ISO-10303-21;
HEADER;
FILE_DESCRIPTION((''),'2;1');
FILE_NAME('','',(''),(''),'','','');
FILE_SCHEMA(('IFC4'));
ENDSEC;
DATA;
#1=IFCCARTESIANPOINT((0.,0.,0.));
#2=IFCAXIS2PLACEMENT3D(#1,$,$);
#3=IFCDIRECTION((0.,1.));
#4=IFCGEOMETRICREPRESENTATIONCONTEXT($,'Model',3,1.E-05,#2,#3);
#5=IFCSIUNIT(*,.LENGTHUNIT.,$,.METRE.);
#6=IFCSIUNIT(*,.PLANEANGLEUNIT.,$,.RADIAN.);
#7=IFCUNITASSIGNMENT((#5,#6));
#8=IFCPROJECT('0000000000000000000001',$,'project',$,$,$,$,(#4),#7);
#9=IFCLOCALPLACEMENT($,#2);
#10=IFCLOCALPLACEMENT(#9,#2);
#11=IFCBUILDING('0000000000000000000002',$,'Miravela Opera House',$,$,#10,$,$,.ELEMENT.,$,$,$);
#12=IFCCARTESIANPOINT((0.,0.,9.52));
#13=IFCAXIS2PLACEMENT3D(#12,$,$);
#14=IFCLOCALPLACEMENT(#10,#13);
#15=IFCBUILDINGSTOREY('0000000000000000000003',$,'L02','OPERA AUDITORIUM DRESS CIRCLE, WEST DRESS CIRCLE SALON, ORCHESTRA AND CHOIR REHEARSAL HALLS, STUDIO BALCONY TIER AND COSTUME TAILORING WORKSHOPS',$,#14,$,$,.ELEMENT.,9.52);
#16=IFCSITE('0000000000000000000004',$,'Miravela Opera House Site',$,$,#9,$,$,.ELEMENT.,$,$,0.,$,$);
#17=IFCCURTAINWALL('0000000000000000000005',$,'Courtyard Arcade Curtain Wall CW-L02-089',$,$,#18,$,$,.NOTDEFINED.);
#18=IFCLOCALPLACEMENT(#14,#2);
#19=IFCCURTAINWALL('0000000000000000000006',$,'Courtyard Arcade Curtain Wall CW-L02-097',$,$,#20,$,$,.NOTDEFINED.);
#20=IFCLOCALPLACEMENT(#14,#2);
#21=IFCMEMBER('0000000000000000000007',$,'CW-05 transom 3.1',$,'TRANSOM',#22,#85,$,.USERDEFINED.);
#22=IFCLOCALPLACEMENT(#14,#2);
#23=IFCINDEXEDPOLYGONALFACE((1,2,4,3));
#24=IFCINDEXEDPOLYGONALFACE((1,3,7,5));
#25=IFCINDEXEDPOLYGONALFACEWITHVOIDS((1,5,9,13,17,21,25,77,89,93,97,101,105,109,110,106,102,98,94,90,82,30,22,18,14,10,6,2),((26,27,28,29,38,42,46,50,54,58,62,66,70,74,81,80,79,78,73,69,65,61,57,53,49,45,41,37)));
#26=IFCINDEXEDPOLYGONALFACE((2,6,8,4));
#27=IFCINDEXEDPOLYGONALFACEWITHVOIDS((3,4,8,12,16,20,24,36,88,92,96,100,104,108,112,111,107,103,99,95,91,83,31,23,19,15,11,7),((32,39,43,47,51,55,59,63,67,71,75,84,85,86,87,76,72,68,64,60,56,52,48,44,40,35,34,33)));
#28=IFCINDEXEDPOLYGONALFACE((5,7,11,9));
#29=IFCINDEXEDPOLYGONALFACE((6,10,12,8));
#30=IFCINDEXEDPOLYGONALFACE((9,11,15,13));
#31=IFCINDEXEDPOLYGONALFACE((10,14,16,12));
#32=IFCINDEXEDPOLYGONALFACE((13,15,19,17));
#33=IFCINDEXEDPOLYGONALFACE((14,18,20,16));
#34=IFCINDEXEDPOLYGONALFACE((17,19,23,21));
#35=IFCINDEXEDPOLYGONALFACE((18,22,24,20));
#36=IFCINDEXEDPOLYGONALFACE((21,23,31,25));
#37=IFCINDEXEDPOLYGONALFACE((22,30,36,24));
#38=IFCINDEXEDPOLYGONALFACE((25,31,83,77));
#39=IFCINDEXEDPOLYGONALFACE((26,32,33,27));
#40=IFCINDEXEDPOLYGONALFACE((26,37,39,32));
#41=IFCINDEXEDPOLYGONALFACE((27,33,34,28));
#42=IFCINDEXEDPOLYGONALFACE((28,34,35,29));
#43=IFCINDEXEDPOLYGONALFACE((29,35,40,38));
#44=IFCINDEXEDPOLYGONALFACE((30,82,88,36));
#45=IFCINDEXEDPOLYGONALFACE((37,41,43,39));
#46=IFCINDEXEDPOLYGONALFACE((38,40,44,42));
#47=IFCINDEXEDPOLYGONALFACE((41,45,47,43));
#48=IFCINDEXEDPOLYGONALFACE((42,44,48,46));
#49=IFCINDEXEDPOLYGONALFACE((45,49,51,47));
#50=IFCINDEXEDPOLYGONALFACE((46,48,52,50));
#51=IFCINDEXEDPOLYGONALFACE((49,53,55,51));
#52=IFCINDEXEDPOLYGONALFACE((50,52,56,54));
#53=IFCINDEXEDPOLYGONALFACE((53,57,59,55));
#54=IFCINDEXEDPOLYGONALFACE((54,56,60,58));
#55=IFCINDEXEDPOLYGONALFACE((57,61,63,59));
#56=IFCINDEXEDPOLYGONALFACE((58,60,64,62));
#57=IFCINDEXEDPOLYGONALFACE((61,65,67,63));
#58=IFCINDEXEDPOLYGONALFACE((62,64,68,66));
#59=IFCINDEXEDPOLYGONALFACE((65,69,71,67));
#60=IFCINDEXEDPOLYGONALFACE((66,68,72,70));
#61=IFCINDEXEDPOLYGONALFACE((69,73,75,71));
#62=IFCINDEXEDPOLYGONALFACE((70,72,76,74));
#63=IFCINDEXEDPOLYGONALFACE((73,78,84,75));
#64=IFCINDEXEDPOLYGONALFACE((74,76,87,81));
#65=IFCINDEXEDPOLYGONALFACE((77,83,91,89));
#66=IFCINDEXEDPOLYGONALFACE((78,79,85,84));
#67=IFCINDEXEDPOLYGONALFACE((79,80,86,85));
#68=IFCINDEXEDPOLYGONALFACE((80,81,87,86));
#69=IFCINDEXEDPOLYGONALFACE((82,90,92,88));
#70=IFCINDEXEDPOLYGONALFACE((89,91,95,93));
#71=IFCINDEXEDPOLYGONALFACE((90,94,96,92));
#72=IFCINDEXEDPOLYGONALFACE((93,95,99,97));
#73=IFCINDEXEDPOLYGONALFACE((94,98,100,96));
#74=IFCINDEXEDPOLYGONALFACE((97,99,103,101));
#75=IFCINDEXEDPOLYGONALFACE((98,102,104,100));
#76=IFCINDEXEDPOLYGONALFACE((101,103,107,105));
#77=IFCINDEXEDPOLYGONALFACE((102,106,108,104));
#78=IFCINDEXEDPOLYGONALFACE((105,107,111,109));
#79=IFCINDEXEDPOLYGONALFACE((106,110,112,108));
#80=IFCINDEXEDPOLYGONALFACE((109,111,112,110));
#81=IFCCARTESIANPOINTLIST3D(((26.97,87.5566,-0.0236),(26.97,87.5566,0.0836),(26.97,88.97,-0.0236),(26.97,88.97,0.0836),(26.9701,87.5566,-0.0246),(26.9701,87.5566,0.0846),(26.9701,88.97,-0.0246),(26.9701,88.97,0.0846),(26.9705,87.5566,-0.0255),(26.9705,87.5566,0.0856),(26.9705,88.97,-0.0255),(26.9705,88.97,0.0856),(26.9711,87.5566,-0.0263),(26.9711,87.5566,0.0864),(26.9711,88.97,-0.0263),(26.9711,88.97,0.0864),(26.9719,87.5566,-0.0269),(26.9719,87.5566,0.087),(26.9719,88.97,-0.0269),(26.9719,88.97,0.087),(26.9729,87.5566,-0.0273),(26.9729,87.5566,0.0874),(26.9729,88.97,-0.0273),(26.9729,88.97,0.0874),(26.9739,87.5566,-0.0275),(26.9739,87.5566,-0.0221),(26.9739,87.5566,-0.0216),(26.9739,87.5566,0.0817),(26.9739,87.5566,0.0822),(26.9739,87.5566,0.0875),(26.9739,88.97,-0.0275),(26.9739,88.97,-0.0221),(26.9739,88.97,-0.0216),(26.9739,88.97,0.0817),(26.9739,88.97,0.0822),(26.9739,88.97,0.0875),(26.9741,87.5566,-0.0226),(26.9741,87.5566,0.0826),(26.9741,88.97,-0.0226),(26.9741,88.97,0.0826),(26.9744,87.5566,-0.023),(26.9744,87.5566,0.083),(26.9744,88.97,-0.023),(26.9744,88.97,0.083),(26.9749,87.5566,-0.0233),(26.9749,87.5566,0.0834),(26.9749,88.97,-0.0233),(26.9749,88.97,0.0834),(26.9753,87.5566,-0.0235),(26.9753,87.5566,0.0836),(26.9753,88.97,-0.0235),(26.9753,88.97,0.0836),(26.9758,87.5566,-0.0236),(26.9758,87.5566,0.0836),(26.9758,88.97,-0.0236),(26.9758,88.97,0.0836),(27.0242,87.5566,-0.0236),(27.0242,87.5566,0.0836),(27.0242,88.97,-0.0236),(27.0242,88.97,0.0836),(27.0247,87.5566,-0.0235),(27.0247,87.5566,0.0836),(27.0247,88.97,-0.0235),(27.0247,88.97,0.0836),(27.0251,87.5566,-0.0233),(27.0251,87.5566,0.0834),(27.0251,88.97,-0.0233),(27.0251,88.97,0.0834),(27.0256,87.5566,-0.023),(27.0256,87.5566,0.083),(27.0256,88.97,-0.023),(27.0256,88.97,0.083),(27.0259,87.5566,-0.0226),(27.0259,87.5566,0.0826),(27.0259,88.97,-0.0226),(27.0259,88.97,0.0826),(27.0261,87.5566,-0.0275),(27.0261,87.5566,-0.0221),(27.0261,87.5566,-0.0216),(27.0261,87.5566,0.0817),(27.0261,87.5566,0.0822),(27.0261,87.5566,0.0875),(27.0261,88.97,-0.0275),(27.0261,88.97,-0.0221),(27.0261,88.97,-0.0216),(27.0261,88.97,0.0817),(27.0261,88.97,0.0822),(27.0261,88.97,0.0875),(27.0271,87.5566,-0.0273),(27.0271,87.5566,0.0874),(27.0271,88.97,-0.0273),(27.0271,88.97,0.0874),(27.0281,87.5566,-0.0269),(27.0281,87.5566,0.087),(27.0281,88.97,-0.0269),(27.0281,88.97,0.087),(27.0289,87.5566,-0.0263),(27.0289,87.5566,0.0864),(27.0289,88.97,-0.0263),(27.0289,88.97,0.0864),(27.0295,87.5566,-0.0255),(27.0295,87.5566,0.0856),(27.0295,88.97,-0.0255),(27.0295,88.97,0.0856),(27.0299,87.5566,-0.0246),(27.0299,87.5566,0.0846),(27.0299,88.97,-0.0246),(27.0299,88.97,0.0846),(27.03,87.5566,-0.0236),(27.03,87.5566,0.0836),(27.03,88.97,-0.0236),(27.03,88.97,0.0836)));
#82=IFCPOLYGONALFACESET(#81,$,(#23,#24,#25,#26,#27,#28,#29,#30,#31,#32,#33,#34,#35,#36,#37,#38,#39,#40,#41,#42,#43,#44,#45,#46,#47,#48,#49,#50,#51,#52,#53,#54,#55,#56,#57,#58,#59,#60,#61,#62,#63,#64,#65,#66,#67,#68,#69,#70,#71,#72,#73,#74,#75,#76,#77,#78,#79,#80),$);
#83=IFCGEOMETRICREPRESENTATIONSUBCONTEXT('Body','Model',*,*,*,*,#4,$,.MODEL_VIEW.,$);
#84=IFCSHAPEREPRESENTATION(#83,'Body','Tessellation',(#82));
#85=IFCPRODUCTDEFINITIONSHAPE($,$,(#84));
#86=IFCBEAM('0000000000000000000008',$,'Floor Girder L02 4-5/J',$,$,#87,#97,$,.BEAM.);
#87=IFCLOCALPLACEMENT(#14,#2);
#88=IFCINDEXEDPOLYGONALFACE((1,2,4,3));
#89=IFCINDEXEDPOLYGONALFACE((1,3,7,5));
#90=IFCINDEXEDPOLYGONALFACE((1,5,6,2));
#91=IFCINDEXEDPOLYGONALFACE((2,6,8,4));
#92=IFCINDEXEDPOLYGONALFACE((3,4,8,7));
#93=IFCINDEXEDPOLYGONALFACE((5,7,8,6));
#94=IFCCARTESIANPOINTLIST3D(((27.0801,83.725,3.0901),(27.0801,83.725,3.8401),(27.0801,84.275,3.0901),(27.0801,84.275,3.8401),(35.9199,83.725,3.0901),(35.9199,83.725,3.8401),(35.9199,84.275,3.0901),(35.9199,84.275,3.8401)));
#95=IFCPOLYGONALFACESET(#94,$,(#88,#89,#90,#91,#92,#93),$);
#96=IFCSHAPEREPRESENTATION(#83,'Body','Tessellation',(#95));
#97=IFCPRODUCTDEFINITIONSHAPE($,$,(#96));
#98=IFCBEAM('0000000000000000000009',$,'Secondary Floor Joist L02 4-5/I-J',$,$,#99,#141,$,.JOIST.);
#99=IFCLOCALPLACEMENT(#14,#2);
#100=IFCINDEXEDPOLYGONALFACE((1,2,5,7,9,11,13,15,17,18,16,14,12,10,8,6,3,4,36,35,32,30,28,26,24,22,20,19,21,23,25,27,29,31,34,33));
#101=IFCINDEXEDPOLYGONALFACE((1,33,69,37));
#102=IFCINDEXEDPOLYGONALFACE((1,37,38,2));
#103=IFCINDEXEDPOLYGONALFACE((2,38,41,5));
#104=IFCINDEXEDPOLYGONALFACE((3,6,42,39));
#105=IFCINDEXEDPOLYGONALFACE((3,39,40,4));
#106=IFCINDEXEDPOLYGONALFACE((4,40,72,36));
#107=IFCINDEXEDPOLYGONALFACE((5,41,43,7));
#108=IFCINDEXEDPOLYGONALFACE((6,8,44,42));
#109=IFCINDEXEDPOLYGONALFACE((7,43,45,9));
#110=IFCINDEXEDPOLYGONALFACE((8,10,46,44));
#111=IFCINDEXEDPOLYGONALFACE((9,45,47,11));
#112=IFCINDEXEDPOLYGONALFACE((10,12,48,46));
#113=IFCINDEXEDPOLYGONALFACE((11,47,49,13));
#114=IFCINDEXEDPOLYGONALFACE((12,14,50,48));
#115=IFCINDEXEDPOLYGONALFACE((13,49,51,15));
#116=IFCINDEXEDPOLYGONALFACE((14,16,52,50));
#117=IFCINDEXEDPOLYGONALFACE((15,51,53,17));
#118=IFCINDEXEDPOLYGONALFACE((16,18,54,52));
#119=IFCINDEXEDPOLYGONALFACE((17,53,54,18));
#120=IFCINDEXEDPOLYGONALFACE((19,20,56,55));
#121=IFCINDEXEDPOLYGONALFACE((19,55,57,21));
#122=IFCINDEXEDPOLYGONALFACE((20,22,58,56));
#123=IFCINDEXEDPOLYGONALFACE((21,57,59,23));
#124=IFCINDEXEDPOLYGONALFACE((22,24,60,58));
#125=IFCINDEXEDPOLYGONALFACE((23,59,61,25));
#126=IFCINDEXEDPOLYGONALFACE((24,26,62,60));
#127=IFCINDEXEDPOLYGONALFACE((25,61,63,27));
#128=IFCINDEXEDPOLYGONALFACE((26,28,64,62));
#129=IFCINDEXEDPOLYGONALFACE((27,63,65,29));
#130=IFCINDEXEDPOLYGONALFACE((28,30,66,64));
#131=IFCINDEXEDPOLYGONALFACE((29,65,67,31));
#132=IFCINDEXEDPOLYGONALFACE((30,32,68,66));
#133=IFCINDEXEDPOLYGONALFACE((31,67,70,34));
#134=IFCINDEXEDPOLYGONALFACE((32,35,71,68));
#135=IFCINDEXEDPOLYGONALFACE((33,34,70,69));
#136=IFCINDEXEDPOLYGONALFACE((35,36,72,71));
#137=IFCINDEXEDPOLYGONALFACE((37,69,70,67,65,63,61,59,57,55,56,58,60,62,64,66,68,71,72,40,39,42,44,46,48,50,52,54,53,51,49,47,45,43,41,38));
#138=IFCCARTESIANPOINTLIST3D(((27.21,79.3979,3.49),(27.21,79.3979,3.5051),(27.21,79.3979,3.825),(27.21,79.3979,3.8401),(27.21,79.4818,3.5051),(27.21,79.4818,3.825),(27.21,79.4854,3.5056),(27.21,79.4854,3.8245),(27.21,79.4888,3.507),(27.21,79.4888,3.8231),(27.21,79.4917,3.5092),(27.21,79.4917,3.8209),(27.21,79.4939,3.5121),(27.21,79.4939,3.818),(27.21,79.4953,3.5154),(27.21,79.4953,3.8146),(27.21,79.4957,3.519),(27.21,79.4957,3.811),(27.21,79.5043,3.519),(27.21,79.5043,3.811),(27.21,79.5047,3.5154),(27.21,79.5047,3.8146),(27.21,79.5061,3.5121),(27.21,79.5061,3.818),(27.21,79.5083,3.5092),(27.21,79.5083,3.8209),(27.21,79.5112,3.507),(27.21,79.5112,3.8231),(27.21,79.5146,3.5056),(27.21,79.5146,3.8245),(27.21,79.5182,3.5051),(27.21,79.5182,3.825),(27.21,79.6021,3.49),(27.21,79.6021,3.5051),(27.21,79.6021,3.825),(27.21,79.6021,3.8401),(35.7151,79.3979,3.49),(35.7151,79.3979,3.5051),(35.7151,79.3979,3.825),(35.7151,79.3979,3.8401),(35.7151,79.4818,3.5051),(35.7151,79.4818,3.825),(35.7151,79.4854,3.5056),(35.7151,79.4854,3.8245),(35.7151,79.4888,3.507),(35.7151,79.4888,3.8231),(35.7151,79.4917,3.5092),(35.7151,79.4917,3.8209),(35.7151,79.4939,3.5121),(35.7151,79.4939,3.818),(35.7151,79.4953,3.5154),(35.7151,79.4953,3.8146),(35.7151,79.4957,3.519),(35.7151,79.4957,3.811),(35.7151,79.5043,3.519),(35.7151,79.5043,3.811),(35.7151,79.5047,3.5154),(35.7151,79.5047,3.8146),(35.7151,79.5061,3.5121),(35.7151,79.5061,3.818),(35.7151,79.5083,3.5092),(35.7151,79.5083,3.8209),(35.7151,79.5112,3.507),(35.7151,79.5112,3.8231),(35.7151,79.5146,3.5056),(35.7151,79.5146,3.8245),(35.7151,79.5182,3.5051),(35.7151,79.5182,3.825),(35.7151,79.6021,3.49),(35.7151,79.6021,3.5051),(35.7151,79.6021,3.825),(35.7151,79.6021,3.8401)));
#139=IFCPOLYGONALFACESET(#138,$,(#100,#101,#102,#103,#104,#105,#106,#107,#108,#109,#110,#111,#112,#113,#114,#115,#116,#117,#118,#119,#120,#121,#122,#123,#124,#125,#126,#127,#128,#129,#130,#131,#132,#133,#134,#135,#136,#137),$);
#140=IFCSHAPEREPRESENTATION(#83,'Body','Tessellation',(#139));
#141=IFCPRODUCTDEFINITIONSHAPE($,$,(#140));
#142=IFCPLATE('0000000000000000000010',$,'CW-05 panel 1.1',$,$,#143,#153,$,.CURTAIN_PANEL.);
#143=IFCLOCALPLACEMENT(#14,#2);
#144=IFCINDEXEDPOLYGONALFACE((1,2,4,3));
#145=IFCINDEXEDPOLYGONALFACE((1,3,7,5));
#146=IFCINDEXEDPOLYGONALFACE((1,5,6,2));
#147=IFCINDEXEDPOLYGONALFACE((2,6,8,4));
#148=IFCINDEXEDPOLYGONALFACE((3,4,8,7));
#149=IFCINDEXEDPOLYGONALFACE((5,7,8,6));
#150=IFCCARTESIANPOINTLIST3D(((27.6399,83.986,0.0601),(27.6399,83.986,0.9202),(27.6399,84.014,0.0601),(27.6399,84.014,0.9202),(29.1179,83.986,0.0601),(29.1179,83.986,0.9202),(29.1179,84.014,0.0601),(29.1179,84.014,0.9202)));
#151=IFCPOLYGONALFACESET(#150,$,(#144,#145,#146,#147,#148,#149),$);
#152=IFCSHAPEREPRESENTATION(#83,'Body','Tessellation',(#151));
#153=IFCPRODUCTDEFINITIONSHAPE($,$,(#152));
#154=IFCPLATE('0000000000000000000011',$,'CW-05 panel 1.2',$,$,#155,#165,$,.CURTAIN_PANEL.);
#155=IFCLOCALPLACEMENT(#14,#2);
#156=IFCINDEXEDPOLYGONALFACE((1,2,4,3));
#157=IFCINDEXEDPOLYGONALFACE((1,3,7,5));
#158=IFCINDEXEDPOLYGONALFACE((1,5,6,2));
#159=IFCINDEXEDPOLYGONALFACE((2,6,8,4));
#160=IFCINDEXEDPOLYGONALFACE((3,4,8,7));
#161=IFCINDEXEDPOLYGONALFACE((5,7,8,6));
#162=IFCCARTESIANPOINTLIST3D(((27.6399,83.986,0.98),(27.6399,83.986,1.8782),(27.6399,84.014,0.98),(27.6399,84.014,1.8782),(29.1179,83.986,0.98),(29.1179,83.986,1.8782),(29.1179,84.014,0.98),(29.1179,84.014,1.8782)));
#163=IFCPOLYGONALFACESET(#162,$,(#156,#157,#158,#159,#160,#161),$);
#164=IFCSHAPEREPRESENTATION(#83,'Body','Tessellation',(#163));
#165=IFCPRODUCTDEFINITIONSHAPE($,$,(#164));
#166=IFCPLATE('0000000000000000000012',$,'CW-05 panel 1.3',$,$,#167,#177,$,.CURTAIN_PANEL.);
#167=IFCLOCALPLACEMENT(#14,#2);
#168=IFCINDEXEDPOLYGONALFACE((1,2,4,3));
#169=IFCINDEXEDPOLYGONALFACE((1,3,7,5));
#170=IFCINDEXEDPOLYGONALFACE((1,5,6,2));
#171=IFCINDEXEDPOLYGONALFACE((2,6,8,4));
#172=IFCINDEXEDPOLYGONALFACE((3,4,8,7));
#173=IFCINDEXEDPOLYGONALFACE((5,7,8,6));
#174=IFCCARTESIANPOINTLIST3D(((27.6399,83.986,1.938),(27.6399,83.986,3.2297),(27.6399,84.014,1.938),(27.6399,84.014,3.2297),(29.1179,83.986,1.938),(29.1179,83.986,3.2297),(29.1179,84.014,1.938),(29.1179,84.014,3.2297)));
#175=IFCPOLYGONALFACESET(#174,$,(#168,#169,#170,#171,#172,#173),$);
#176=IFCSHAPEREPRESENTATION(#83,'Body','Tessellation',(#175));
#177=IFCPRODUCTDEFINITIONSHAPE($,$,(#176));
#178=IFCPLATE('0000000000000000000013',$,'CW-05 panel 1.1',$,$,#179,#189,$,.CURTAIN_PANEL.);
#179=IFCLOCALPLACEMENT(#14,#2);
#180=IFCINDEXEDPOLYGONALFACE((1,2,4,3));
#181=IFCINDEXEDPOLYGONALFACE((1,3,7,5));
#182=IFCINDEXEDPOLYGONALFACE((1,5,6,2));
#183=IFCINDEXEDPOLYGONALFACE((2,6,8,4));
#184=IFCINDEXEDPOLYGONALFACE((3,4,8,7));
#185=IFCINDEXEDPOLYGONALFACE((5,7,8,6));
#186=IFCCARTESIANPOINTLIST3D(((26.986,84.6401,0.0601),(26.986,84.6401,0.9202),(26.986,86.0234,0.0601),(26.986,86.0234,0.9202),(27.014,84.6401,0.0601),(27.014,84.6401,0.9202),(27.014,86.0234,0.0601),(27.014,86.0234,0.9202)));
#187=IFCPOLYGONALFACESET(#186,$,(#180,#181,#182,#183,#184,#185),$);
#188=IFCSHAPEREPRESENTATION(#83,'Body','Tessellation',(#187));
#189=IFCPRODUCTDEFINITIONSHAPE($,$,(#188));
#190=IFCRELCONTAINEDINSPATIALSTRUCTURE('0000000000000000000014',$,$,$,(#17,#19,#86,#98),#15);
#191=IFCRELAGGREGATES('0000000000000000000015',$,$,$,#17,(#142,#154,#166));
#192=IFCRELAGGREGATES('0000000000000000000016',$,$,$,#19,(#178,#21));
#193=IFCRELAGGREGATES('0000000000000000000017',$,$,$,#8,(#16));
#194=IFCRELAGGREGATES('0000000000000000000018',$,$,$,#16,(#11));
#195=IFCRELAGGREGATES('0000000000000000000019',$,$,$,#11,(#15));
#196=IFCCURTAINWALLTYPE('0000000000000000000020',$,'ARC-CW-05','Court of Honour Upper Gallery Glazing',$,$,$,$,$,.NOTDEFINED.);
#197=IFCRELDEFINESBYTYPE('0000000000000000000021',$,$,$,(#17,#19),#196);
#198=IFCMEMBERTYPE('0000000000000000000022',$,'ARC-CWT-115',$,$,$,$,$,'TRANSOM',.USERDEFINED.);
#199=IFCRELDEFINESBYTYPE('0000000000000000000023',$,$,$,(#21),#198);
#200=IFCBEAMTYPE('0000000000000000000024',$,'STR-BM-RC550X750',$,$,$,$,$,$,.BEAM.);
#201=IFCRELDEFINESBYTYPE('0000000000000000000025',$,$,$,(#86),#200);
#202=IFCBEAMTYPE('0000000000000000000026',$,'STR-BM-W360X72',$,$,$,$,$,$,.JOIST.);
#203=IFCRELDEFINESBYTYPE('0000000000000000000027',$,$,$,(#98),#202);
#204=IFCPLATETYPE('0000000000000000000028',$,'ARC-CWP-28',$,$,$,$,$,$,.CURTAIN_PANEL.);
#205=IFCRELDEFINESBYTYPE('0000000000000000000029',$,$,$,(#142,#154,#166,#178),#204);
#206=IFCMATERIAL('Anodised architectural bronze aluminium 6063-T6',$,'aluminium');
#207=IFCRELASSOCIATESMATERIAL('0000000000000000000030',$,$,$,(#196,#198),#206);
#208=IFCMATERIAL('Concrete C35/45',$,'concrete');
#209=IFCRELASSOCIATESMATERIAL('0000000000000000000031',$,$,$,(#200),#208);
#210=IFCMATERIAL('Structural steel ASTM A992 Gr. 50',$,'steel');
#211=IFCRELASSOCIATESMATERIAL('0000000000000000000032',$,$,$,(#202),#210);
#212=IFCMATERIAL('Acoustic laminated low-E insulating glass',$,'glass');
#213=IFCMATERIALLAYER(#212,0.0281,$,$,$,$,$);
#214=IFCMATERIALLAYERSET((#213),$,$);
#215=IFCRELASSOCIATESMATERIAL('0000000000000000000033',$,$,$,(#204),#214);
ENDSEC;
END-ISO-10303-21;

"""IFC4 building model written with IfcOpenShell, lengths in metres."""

from ifc_helpers import new_model, si_unit, direction, frame, origin, origin_2d, place, context, subcontext, project, spatial, rectangle, hollow_rectangle, i_section, extrude, material, layer, layer_set, material_profile, profile_set, type_object, element, aggregate, save


model = new_model("IFC4")

# Units and contexts
model_context = context("Model", 3, precision=1e-05, world=origin(), true_north=direction((0.0, 1.0)))
body_context = subcontext(model_context, "Body", "Model", "MODEL_VIEW")
ifc_project = project(units=[si_unit("LENGTHUNIT", "METRE"), si_unit("PLANEANGLEUNIT", "RADIAN")], contexts=[model_context])

# Site, building, storey
site_placement = place(None, origin())
site = spatial("IfcSite", under=ifc_project, at=site_placement, Name="Miravela Opera House Site", CompositionType="ELEMENT", RefElevation=0.0)
building_placement = place(site_placement, origin())
building = spatial("IfcBuilding", under=site, at=building_placement, Name="Miravela Opera House", CompositionType="ELEMENT")
storey_placement = place(building_placement, frame((0.0, 0.0, 9.52)))
storey = spatial("IfcBuildingStorey", under=building, at=storey_placement, Name="L02", Description="OPERA AUDITORIUM DRESS CIRCLE, WEST DRESS CIRCLE SALON, ORCHESTRA AND CHOIR REHEARSAL HALLS, STUDIO BALCONY TIER AND COSTUME TAILORING WORKSHOPS", CompositionType="ELEMENT", Elevation=9.52)

# Curtain walls
ifc_material_1 = material(Name="Anodised architectural bronze aluminium 6063-T6", Category="aluminium")
curtain_wall_type = type_object("IfcCurtainWallType", Name="ARC-CW-05", Description="Court of Honour Upper Gallery Glazing", PredefinedType="NOTDEFINED", material=ifc_material_1)
curtain_wall_1_placement = place(storey_placement, origin())
curtain_wall_1 = element("IfcCurtainWall", 1, at=curtain_wall_1_placement, inside=storey, type_object=curtain_wall_type, Name="Courtyard Arcade Curtain Wall CW-L02-089", PredefinedType="NOTDEFINED")
curtain_wall_2_placement = place(storey_placement, origin())
curtain_wall_2 = element("IfcCurtainWall", 2, at=curtain_wall_2_placement, inside=storey, type_object=curtain_wall_type, Name="Courtyard Arcade Curtain Wall CW-L02-097", PredefinedType="NOTDEFINED")

# Member
ifc_material_profile_1 = material_profile(ifc_material_1, hollow_rectangle(XDim=0.0601, YDim=0.115, WallThickness=0.0039, InnerFilletRadius=0.002, OuterFilletRadius=0.0039, at=origin_2d()), Name="CWT-60X115")
ifc_profile_set_1 = profile_set([ifc_material_profile_1])
member_type_1 = type_object("IfcMemberType", Name="ARC-CWT-115", ElementType="TRANSOM", PredefinedType="USERDEFINED", material=ifc_profile_set_1)
member_1_placement = place(storey_placement, frame((27.0, 87.5566, 0.03), z_axis=(0.0, 1.0, 0.0), x_axis=(-1.0, 0.0, 0.0)))
member_1 = element("IfcMember", 3, at=member_1_placement, type_object=member_type_1, Name="CW-05 transom 3.1", ObjectType="TRANSOM", PredefinedType="USERDEFINED", context=body_context, shape_type="SweptSolid", body=[
    extrude(hollow_rectangle(XDim=0.0601, YDim=0.115, WallThickness=0.0039, InnerFilletRadius=0.002, OuterFilletRadius=0.0039, at=origin_2d()), origin(), (0.0, 0.0, 1.0), 1.4133),
])

# Beams
ifc_material_2 = material(Name="Concrete C35/45", Category="concrete")
ifc_material_profile_2 = material_profile(ifc_material_2, rectangle(XDim=0.55, YDim=0.75, at=origin_2d()), Name="RC-BM-550X750")
ifc_profile_set_2 = profile_set([ifc_material_profile_2])
beam_type_1 = type_object("IfcBeamType", Name="STR-BM-RC550X750", PredefinedType="BEAM", material=ifc_profile_set_2)
beam_1_placement = place(storey_placement, frame((27.0801, 84.0, 3.4651), z_axis=(1.0, 0.0, 0.0), x_axis=(0.0, 1.0, 0.0)))
element("IfcBeam", 4, at=beam_1_placement, inside=storey, type_object=beam_type_1, Name="Floor Girder L02 4-5/J", PredefinedType="BEAM", context=body_context, shape_type="SweptSolid", body=[
    extrude(rectangle(XDim=0.55, YDim=0.75, at=origin_2d()), origin(), (0.0, 0.0, 1.0), 8.8398),
])
ifc_material_3 = material(Name="Structural steel ASTM A992 Gr. 50", Category="steel")
ifc_material_profile_3 = material_profile(ifc_material_3, i_section(OverallWidth=0.2041, OverallDepth=0.3501, WebThickness=0.0085, FlangeThickness=0.0151, FilletRadius=0.0139, at=origin_2d()), Name="W360X72")
ifc_profile_set_3 = profile_set([ifc_material_profile_3])
beam_type_2 = type_object("IfcBeamType", Name="STR-BM-W360X72", PredefinedType="JOIST", material=ifc_profile_set_3)
beam_2_placement = place(storey_placement, frame((27.21, 79.5, 3.665), z_axis=(1.0, 0.0, 0.0), x_axis=(0.0, 1.0, 0.0)))
element("IfcBeam", 5, at=beam_2_placement, inside=storey, type_object=beam_type_2, Name="Secondary Floor Joist L02 4-5/I-J", PredefinedType="JOIST", context=body_context, shape_type="SweptSolid", body=[
    extrude(i_section(OverallWidth=0.2041, OverallDepth=0.3501, WebThickness=0.0085, FlangeThickness=0.0151, FilletRadius=0.0139, at=origin_2d()), origin(), (0.0, 0.0, 1.0), 8.5051),
])

# Plates
ifc_material_4 = material(Name="Acoustic laminated low-E insulating glass", Category="glass")
ifc_layer = layer(ifc_material_4, 0.0281)
ifc_layer_set = layer_set([ifc_layer])
plate_type = type_object("IfcPlateType", Name="ARC-CWP-28", PredefinedType="CURTAIN_PANEL", material=ifc_layer_set)
plate_1_placement = place(storey_placement, frame((28.3789, 84.0, 0.0601), z_axis=(0.0, 0.0, 1.0), x_axis=(1.0, 0.0, 0.0)))
plate_1 = element("IfcPlate", 6, at=plate_1_placement, type_object=plate_type, Name="CW-05 panel 1.1", PredefinedType="CURTAIN_PANEL", context=body_context, shape_type="SweptSolid", body=[
    extrude(rectangle(XDim=1.478, YDim=0.0281, at=origin_2d()), origin(), (0.0, 0.0, 1.0), 0.8601),
])
plate_2_placement = place(storey_placement, frame((28.3789, 84.0, 0.98), z_axis=(0.0, 0.0, 1.0), x_axis=(1.0, 0.0, 0.0)))
plate_2 = element("IfcPlate", 7, at=plate_2_placement, type_object=plate_type, Name="CW-05 panel 1.2", PredefinedType="CURTAIN_PANEL", context=body_context, shape_type="SweptSolid", body=[
    extrude(rectangle(XDim=1.478, YDim=0.0281, at=origin_2d()), origin(), (0.0, 0.0, 1.0), 0.8982),
])
plate_3_placement = place(storey_placement, frame((28.3789, 84.0, 1.938), z_axis=(0.0, 0.0, 1.0), x_axis=(1.0, 0.0, 0.0)))
plate_3 = element("IfcPlate", 8, at=plate_3_placement, type_object=plate_type, Name="CW-05 panel 1.3", PredefinedType="CURTAIN_PANEL", context=body_context, shape_type="SweptSolid", body=[
    extrude(rectangle(XDim=1.478, YDim=0.0281, at=origin_2d()), origin(), (0.0, 0.0, 1.0), 1.2917),
])
aggregate(curtain_wall_1, [plate_1, plate_2, plate_3])
plate_4_placement = place(storey_placement, frame((27.0, 85.3318, 0.0601), z_axis=(0.0, 0.0, 1.0), x_axis=(0.0, 1.0, 0.0)))
plate_4 = element("IfcPlate", 9, at=plate_4_placement, type_object=plate_type, Name="CW-05 panel 1.1", PredefinedType="CURTAIN_PANEL", context=body_context, shape_type="SweptSolid", body=[
    extrude(rectangle(XDim=1.3833, YDim=0.0281, at=origin_2d()), origin(), (0.0, 0.0, 1.0), 0.8601),
])
aggregate(curtain_wall_2, [plate_4, member_1])

save(model, "model.ifc")
